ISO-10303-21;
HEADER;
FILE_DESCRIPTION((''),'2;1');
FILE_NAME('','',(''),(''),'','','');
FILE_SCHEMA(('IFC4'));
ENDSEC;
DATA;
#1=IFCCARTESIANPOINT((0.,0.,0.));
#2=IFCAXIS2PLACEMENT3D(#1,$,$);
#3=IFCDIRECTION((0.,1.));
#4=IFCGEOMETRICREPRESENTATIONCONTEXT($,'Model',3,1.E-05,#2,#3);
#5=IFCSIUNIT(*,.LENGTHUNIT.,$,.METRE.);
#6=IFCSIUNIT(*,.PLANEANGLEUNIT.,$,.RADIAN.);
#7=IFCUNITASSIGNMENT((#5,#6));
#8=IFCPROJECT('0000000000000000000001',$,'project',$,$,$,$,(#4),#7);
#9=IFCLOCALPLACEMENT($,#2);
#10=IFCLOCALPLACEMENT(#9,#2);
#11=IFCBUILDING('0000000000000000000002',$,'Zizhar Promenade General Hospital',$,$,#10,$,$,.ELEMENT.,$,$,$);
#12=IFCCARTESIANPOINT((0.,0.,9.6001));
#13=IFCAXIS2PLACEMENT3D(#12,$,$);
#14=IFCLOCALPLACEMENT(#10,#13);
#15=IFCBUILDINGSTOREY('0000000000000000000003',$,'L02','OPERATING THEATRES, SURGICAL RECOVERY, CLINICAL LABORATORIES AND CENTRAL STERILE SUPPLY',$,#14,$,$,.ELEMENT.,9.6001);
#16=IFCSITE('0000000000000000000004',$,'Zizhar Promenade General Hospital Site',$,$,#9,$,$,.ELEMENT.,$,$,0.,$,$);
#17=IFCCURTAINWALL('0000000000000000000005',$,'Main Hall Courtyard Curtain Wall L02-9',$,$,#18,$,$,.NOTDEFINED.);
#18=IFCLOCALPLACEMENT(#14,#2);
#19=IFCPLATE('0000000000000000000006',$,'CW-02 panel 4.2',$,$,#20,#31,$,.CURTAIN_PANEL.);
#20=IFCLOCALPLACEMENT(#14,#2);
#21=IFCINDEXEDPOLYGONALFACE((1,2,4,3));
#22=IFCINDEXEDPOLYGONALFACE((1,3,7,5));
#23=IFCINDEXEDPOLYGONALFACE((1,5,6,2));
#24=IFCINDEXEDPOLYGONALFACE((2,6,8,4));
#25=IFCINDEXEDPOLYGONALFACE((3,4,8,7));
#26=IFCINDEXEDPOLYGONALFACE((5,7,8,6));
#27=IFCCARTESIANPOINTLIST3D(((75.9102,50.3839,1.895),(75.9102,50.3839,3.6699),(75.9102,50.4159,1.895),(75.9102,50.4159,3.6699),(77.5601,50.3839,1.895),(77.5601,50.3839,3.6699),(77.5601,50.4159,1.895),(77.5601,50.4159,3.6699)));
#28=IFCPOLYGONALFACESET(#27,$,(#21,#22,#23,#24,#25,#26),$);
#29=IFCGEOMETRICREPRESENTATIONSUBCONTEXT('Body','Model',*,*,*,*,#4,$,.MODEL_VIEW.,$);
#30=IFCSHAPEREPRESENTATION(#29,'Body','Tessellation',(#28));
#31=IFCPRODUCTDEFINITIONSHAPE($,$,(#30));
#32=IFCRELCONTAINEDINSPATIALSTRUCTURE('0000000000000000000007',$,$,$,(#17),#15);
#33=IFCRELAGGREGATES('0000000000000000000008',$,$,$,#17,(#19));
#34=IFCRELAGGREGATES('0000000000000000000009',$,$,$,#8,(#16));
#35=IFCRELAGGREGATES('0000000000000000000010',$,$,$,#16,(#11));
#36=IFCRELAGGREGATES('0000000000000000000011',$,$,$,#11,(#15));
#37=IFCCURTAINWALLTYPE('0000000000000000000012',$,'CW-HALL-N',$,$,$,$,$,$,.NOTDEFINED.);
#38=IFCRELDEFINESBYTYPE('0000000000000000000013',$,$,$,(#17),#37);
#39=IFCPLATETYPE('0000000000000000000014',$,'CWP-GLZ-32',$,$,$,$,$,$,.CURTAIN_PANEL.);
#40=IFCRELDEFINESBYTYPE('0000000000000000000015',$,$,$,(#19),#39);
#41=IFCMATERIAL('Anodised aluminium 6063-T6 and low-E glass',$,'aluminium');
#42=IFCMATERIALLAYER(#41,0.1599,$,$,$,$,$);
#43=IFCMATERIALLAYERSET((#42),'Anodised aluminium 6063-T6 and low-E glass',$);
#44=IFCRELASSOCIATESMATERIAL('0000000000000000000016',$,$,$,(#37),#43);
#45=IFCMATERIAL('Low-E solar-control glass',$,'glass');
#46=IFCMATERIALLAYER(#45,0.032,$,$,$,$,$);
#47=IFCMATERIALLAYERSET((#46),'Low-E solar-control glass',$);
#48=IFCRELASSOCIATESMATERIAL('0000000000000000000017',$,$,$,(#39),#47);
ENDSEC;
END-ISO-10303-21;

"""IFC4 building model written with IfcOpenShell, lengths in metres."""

from ifc_helpers import new_model, si_unit, direction, frame, origin, origin_2d, place, context, subcontext, project, spatial, rectangle, extrude, material, layer, layer_set, type_object, element, aggregate, save


model = new_model("IFC4")

# Units and contexts
model_context = context("Model", 3, precision=1e-05, world=origin(), true_north=direction((0.0, 1.0)))
body_context = subcontext(model_context, "Body", "Model", "MODEL_VIEW")
ifc_project = project(units=[si_unit("LENGTHUNIT", "METRE"), si_unit("PLANEANGLEUNIT", "RADIAN")], contexts=[model_context])

# Site, building, storey
site_placement = place(None, origin())
site = spatial("IfcSite", under=ifc_project, at=site_placement, Name="Zizhar Promenade General Hospital Site", CompositionType="ELEMENT", RefElevation=0.0)
building_placement = place(site_placement, origin())
building = spatial("IfcBuilding", under=site, at=building_placement, Name="Zizhar Promenade General Hospital", CompositionType="ELEMENT")
storey_placement = place(building_placement, frame((0.0, 0.0, 9.6001)))
storey = spatial("IfcBuildingStorey", under=building, at=storey_placement, Name="L02", Description="OPERATING THEATRES, SURGICAL RECOVERY, CLINICAL LABORATORIES AND CENTRAL STERILE SUPPLY", CompositionType="ELEMENT", Elevation=9.6001)

# Curtain wall
ifc_material_1 = material(Name="Anodised aluminium 6063-T6 and low-E glass", Category="aluminium")
ifc_layer_1 = layer(ifc_material_1, 0.1599)
ifc_layer_set_1 = layer_set([ifc_layer_1], Name="Anodised aluminium 6063-T6 and low-E glass")
curtain_wall_type = type_object("IfcCurtainWallType", Name="CW-HALL-N", PredefinedType="NOTDEFINED", material=ifc_layer_set_1)
curtain_wall_1_placement = place(storey_placement, origin())
curtain_wall_1 = element("IfcCurtainWall", 1, at=curtain_wall_1_placement, inside=storey, type_object=curtain_wall_type, Name="Main Hall Courtyard Curtain Wall L02-9", PredefinedType="NOTDEFINED")

# Plate
ifc_material_2 = material(Name="Low-E solar-control glass", Category="glass")
ifc_layer_2 = layer(ifc_material_2, 0.032)
ifc_layer_set_2 = layer_set([ifc_layer_2], Name="Low-E solar-control glass")
plate_type = type_object("IfcPlateType", Name="CWP-GLZ-32", PredefinedType="CURTAIN_PANEL", material=ifc_layer_set_2)
plate_1_placement = place(storey_placement, frame((76.7351, 50.3999, 1.895), z_axis=(0.0, 0.0, 1.0), x_axis=(1.0, 0.0, 0.0)))
plate_1 = element("IfcPlate", 2, at=plate_1_placement, type_object=plate_type, Name="CW-02 panel 4.2", PredefinedType="CURTAIN_PANEL", context=body_context, shape_type="SweptSolid", body=[
    extrude(rectangle(XDim=1.6499, YDim=0.032, at=origin_2d()), origin(), (0.0, 0.0, 1.0), 1.7749),
])
aggregate(curtain_wall_1, [plate_1])

save(model, "model.ifc")
